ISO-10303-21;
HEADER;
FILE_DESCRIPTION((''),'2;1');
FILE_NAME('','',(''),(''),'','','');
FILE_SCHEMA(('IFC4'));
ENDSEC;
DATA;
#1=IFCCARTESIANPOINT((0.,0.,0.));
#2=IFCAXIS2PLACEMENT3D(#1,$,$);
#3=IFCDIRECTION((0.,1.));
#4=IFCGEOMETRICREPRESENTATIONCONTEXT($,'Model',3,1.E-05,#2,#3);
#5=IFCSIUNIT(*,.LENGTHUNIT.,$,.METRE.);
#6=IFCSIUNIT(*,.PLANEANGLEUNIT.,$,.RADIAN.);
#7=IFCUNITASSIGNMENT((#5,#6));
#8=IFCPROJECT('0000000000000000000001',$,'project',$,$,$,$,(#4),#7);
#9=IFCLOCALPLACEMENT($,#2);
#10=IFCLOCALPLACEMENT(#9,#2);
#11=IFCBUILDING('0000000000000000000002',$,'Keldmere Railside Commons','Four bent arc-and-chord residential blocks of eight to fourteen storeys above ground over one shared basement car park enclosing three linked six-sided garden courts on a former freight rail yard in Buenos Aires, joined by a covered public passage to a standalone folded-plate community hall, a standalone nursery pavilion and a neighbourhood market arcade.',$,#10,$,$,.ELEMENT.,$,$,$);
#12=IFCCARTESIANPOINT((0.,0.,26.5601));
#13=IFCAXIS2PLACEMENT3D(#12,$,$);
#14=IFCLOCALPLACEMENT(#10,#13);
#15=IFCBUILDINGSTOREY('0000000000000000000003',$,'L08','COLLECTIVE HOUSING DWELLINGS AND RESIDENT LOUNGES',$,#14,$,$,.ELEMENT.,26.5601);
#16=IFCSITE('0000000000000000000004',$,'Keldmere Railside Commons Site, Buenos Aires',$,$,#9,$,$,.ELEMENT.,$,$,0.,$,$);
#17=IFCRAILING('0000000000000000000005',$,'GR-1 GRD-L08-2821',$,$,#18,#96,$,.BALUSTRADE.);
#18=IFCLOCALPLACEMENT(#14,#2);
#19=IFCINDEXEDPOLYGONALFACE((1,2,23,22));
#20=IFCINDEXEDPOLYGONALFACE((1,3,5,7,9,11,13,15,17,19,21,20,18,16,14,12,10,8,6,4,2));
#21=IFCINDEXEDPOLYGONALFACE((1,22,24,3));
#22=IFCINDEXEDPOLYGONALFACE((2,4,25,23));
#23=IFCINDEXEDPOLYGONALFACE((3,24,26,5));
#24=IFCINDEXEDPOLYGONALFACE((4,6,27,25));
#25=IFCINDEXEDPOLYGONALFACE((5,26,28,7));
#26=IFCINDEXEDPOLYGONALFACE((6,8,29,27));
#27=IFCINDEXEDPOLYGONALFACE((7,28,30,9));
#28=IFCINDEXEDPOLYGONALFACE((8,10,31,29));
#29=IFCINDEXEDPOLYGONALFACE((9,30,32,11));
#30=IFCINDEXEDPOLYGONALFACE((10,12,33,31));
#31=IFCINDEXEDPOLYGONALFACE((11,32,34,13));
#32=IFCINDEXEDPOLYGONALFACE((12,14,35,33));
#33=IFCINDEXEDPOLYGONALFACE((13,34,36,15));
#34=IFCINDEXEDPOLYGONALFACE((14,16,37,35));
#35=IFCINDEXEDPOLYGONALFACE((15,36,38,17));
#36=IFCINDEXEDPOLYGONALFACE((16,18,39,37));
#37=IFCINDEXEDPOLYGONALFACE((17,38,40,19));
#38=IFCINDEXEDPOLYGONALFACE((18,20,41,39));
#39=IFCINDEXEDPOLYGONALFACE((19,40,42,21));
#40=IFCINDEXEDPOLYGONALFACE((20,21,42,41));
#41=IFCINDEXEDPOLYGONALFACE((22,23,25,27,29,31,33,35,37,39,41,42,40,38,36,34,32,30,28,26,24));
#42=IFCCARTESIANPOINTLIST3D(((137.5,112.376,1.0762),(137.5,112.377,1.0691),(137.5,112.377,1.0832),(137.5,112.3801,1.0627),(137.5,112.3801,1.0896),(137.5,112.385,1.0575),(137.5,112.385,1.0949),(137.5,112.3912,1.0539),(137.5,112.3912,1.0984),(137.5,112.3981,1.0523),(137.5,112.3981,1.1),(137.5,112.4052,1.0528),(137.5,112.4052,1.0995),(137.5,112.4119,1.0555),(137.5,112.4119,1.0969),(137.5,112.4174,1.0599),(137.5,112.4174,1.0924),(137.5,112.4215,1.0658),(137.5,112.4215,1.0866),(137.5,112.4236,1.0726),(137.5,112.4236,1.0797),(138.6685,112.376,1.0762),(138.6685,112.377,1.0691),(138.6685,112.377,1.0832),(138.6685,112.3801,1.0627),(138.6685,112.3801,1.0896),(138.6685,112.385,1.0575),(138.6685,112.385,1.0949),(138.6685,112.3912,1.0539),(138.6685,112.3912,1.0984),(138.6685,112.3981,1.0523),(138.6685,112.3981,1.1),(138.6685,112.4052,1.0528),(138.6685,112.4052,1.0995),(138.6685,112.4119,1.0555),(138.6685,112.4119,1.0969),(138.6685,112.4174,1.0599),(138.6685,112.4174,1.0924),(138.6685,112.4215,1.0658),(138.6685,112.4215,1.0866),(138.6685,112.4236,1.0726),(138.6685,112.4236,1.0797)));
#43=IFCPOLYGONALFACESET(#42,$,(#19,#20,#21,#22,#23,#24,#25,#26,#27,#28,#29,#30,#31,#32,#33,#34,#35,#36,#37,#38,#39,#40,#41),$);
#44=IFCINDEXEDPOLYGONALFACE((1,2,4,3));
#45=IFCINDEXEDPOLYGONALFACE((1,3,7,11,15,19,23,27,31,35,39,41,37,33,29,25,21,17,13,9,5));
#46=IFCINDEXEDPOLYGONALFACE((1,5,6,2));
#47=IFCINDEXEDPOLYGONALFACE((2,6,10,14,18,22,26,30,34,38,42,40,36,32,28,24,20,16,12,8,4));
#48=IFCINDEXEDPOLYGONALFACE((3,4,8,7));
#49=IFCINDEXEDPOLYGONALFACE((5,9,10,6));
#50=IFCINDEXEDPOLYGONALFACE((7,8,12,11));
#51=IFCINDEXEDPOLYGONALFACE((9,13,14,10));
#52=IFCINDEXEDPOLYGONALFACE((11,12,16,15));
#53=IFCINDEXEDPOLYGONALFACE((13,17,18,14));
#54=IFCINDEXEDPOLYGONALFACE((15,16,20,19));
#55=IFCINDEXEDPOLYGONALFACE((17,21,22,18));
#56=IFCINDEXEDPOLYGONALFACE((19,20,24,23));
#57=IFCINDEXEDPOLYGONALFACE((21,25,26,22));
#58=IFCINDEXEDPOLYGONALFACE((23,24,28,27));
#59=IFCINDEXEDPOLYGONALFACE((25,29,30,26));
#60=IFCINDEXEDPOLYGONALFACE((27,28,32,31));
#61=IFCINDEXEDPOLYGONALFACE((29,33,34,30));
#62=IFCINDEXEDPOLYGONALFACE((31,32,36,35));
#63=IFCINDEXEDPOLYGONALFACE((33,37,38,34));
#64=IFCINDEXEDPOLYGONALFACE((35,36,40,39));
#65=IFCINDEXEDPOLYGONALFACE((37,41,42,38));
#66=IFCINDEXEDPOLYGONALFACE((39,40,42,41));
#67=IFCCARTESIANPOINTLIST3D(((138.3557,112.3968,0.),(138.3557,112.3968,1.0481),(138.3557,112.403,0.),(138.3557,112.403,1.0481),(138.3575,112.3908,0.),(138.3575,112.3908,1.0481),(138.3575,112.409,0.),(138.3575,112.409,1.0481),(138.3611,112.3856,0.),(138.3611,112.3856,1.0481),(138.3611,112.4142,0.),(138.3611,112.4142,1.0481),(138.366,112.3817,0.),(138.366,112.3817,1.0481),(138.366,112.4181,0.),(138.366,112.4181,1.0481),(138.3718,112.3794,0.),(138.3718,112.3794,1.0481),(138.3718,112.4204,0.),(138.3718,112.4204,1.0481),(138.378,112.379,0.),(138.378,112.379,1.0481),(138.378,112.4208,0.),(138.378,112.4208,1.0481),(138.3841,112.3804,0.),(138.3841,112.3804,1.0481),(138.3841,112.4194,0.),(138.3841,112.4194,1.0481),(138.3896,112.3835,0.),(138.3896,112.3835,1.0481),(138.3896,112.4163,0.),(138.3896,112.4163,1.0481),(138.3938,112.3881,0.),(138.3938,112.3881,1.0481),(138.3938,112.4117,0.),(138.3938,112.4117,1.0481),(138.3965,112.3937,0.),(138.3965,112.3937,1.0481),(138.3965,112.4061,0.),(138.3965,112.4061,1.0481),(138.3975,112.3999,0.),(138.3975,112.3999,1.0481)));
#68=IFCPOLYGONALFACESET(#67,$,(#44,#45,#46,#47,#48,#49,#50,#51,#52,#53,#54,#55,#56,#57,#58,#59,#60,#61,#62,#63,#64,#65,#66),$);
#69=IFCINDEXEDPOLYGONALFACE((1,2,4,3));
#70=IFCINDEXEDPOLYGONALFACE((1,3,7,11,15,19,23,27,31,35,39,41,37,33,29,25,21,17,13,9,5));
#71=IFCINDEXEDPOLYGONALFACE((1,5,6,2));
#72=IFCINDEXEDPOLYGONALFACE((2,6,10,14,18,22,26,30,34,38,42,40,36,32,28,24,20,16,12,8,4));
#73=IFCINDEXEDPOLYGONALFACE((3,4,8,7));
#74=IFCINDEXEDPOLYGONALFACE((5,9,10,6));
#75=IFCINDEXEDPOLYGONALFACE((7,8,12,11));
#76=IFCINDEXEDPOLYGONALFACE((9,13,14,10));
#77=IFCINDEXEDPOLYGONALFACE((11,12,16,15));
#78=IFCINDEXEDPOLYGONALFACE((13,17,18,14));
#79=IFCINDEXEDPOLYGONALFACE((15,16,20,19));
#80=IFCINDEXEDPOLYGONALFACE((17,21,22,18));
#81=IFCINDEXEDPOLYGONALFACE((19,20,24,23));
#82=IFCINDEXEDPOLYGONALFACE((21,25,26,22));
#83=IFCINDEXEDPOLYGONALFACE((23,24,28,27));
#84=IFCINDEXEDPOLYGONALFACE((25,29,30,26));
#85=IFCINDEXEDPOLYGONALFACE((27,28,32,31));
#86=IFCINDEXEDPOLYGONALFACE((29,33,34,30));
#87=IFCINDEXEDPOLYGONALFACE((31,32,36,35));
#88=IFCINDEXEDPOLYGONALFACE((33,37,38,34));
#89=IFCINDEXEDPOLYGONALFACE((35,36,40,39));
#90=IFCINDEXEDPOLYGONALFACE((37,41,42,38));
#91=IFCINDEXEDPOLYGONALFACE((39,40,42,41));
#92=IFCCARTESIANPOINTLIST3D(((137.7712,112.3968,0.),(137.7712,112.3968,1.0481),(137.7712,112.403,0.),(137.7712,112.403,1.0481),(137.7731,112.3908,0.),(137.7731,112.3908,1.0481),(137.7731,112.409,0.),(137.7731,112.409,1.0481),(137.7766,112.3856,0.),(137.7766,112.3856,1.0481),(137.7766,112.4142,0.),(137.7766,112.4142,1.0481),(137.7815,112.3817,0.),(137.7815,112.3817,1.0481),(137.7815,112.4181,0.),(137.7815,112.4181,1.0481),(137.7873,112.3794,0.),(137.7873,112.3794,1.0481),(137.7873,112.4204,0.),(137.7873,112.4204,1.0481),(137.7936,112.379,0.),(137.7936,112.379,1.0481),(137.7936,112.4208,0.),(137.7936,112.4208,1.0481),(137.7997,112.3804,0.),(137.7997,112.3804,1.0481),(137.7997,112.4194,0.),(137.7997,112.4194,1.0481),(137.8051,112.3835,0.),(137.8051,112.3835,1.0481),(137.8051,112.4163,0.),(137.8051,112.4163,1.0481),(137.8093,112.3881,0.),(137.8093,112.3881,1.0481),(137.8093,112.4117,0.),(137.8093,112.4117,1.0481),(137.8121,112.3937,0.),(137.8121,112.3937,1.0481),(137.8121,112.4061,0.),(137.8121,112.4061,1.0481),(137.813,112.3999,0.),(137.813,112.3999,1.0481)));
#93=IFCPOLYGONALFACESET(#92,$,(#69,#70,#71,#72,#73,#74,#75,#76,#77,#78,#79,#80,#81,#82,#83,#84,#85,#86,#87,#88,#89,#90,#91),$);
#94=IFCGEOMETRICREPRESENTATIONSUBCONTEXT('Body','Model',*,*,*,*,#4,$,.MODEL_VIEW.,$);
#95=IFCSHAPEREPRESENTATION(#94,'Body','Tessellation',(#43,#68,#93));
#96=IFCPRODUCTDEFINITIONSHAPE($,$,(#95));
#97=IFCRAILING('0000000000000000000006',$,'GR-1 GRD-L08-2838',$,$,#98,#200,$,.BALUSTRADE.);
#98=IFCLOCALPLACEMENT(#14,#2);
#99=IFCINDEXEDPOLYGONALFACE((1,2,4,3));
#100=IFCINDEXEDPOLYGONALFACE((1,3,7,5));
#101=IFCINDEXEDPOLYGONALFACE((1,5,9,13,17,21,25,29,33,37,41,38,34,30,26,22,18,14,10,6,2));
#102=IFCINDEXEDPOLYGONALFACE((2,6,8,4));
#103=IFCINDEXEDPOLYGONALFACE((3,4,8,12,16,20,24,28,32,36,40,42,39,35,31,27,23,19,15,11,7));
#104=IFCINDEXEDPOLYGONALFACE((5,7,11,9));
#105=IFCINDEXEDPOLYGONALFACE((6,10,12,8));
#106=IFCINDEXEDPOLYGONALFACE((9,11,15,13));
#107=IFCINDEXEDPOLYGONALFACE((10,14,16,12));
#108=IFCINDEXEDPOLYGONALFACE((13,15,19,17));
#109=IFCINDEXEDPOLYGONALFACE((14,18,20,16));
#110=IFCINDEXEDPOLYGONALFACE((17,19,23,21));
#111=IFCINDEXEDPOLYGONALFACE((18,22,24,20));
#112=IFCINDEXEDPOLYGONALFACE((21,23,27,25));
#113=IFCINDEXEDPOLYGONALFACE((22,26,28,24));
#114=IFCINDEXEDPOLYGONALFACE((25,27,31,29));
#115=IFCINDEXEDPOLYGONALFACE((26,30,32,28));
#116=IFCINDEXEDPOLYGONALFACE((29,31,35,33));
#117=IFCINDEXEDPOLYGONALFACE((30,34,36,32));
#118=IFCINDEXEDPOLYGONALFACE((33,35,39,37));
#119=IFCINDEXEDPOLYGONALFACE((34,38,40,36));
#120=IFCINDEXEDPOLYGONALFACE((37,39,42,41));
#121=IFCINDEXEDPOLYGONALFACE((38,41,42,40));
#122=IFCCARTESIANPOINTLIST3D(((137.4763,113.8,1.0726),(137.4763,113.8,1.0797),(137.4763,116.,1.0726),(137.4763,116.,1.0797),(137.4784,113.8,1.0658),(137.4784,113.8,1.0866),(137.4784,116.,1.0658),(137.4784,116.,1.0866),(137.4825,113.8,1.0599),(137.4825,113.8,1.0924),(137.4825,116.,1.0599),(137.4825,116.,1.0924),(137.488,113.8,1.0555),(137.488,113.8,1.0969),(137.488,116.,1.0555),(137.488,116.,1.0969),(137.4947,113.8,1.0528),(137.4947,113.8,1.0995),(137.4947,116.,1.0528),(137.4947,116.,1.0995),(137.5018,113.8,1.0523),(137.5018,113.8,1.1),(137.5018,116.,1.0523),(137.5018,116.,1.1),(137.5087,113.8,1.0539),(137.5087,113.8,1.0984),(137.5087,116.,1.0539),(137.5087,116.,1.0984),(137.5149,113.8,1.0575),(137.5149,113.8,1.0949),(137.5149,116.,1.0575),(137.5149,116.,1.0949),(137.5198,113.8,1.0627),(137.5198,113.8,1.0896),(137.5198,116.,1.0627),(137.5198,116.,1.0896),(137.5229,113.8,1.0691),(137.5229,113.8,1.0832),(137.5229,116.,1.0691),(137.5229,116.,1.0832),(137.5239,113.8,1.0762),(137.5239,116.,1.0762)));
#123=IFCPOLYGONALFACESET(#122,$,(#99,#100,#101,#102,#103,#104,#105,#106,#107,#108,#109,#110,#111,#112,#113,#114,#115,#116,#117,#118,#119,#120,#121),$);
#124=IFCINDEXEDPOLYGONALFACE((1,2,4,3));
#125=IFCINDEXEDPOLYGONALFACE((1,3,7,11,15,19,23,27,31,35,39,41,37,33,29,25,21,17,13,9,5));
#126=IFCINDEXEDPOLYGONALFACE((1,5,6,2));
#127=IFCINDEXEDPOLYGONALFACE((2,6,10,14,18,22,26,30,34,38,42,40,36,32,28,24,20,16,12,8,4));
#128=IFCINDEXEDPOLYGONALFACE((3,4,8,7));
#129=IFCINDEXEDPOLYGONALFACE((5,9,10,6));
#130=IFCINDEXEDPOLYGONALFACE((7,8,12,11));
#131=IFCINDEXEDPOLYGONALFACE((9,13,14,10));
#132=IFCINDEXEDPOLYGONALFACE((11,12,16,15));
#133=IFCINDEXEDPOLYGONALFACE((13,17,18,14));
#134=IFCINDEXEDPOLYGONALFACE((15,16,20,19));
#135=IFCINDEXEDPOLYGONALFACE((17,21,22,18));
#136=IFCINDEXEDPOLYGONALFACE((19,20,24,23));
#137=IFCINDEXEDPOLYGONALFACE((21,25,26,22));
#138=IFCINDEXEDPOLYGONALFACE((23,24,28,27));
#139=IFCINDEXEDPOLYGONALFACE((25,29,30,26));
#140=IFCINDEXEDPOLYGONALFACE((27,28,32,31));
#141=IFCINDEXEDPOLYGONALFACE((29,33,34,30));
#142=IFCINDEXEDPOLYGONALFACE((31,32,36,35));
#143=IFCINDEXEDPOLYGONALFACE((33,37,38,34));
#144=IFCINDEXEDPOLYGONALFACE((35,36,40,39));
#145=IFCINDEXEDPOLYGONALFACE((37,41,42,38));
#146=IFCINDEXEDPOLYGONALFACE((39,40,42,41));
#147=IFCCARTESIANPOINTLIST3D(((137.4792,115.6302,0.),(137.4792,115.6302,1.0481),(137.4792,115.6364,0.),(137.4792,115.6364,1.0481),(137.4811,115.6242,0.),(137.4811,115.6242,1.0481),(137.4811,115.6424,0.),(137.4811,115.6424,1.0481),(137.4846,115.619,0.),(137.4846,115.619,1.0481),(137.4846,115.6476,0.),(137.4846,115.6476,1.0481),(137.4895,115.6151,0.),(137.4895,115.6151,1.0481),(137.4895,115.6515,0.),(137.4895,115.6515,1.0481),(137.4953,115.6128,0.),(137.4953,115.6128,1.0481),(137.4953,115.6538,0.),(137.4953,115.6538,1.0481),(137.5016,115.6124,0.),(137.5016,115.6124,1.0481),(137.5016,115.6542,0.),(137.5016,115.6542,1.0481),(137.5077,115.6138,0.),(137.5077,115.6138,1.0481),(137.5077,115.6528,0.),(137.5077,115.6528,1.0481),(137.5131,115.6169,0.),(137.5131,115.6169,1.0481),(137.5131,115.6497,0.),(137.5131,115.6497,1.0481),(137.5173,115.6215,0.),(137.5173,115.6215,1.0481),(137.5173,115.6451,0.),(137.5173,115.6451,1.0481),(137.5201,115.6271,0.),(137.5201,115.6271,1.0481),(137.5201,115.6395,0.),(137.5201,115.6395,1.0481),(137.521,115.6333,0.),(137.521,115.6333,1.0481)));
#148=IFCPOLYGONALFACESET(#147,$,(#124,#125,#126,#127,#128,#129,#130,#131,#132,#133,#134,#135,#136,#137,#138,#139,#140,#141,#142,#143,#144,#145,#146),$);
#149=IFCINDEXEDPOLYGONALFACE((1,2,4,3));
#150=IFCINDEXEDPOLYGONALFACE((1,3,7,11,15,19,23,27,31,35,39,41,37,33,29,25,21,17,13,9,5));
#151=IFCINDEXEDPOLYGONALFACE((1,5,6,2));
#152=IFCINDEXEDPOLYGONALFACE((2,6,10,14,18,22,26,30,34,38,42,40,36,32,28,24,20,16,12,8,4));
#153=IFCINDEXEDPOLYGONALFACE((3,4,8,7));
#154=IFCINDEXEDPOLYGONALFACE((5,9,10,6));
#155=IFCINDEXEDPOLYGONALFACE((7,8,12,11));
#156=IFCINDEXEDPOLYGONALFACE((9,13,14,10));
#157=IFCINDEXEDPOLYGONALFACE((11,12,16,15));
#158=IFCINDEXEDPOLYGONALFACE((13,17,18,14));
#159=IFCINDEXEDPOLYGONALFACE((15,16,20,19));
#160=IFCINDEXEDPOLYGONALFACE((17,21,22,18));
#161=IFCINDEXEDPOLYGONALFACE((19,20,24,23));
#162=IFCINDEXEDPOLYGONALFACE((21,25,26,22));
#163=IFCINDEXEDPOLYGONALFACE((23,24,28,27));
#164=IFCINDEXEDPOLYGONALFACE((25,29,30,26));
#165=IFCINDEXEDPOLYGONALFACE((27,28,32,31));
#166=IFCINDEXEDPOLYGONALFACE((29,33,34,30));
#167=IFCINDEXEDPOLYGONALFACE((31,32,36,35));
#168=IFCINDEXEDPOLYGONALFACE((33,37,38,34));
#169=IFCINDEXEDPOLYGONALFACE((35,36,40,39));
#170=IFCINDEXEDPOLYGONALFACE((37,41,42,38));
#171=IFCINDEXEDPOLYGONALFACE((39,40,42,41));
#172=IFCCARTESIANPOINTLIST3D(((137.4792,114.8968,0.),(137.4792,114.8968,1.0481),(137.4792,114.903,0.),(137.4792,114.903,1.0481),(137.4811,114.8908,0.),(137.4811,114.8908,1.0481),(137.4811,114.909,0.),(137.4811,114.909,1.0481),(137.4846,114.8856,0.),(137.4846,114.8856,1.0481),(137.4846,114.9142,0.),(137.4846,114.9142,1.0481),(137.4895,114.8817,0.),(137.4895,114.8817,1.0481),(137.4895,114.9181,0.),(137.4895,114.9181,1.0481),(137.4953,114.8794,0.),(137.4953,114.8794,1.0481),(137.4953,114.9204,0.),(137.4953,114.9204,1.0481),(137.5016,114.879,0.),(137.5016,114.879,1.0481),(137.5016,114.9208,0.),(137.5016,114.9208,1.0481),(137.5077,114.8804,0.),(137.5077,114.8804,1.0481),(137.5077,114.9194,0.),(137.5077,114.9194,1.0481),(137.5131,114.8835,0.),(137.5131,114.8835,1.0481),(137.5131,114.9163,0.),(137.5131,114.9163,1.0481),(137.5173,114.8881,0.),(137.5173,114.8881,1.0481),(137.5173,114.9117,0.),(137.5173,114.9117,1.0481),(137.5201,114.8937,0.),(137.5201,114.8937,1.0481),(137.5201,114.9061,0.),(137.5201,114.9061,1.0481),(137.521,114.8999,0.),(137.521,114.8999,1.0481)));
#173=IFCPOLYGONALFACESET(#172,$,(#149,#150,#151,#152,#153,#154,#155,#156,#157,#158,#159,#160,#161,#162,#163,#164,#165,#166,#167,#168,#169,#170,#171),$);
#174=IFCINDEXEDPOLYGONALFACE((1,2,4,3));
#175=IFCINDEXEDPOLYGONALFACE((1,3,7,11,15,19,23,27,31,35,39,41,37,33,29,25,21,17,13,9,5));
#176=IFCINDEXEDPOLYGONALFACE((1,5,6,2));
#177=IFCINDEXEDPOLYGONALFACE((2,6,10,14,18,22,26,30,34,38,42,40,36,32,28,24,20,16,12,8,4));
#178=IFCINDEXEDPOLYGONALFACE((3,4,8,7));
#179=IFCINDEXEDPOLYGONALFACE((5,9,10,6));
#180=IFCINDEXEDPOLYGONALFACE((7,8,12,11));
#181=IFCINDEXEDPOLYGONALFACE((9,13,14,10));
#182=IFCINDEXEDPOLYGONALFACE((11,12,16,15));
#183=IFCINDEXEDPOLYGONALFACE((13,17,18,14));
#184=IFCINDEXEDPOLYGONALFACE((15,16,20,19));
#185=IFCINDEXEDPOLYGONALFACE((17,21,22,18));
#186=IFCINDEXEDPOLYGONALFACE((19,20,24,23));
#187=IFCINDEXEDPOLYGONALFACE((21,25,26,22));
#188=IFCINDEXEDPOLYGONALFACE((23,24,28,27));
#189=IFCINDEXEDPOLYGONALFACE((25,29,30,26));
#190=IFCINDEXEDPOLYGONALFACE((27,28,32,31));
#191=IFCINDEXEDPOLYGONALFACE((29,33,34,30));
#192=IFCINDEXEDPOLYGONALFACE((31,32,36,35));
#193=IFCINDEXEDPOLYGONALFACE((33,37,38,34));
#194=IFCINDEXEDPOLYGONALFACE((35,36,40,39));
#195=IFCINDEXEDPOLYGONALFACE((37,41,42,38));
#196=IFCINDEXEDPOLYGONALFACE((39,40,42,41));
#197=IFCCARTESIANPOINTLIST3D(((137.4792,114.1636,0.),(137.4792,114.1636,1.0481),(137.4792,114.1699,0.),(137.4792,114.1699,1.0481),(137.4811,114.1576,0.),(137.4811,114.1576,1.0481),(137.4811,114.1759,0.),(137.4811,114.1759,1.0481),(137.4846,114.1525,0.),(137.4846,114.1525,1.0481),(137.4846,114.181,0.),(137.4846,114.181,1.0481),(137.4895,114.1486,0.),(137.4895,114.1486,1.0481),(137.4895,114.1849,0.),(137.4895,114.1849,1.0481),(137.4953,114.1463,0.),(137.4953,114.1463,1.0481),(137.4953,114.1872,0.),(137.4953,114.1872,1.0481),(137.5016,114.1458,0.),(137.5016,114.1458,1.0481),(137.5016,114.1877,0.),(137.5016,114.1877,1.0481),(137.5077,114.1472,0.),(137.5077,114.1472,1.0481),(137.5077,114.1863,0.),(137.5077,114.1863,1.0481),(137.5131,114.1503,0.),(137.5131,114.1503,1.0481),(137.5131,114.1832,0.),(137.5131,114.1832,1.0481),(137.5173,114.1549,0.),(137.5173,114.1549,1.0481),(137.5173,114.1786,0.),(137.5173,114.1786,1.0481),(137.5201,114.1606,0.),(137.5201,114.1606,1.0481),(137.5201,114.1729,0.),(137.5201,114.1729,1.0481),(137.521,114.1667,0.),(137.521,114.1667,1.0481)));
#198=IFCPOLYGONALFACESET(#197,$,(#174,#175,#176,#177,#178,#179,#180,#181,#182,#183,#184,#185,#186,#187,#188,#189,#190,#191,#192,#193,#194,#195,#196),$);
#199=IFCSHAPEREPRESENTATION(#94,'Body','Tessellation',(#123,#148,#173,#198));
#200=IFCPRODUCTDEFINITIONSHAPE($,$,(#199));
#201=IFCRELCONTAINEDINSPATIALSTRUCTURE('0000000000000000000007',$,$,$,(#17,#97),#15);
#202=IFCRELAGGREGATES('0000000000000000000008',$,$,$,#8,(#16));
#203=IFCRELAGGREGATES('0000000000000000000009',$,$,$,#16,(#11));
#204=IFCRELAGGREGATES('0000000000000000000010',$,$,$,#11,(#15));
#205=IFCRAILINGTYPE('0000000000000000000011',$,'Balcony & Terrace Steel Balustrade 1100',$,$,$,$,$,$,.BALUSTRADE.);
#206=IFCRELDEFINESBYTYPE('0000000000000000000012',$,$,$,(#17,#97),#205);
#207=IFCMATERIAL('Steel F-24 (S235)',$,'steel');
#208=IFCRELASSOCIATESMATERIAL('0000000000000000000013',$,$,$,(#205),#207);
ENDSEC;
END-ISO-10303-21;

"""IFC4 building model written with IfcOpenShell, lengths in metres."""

from ifc_helpers import new_model, si_unit, direction, frame, origin, origin_2d, place, context, subcontext, project, spatial, circle, extrude, material, type_object, element, save


model = new_model("IFC4")

# Units and contexts
model_context = context("Model", 3, precision=1e-05, world=origin(), true_north=direction((0.0, 1.0)))
body_context = subcontext(model_context, "Body", "Model", "MODEL_VIEW")
ifc_project = project(units=[si_unit("LENGTHUNIT", "METRE"), si_unit("PLANEANGLEUNIT", "RADIAN")], contexts=[model_context])

# Site, building, storey
site_placement = place(None, origin())
site = spatial("IfcSite", under=ifc_project, at=site_placement, Name="Keldmere Railside Commons Site, Buenos Aires", CompositionType="ELEMENT", RefElevation=0.0)
building_placement = place(site_placement, origin())
building = spatial("IfcBuilding", under=site, at=building_placement, Name="Keldmere Railside Commons", Description="Four bent arc-and-chord residential blocks of eight to fourteen storeys above ground over one shared basement car park enclosing three linked six-sided garden courts on a former freight rail yard in Buenos Aires, joined by a covered public passage to a standalone folded-plate community hall, a standalone nursery pavilion and a neighbourhood market arcade.", CompositionType="ELEMENT")
storey_placement = place(building_placement, frame((0.0, 0.0, 26.5601)))
storey = spatial("IfcBuildingStorey", under=building, at=storey_placement, Name="L08", Description="COLLECTIVE HOUSING DWELLINGS AND RESIDENT LOUNGES", CompositionType="ELEMENT", Elevation=26.5601)

# Shared definitions
ifc_material_1 = material(Name="Steel F-24 (S235)", Category="steel")

# Railings
railing_type_1 = type_object("IfcRailingType", Name="Balcony & Terrace Steel Balustrade 1100", PredefinedType="BALUSTRADE", material=ifc_material_1)
railing_1_placement = place(storey_placement, frame((138.6685, 112.3999, 0.0)))
element("IfcRailing", 1, at=railing_1_placement, inside=storey, type_object=railing_type_1, Name="GR-1 GRD-L08-2821", PredefinedType="BALUSTRADE", context=body_context, shape_type="SweptSolid", body=[
    extrude(circle(Radius=0.0239, at=origin_2d()), frame((0.0, 0.0, 1.0762), z_axis=(-1.0, 0.0, 0.0), x_axis=(0.0, -1.0, 0.0)), (0.0, 0.0, 1.0), 1.1685),
    extrude(circle(Radius=0.021, at=origin_2d()), frame((-0.292, 0.0, 0.0)), (0.0, 0.0, 1.0), 1.0481),
    extrude(circle(Radius=0.021, at=origin_2d()), frame((-0.8765, 0.0, 0.0)), (0.0, 0.0, 1.0), 1.0481),
])
railing_2_placement = place(storey_placement, frame((137.5, 116.0, 0.0)))
element("IfcRailing", 2, at=railing_2_placement, inside=storey, type_object=railing_type_1, Name="GR-1 GRD-L08-2838", PredefinedType="BALUSTRADE", context=body_context, shape_type="SweptSolid", body=[
    extrude(circle(Radius=0.0239, at=origin_2d()), frame((0.0, 0.0, 1.0762), z_axis=(0.0, -1.0, 0.0), x_axis=(1.0, 0.0, 0.0)), (0.0, 0.0, 1.0), 2.2),
    extrude(circle(Radius=0.021, at=origin_2d()), frame((0.0, -0.3667, 0.0)), (0.0, 0.0, 1.0), 1.0481),
    extrude(circle(Radius=0.021, at=origin_2d()), frame((0.0, -1.1001, 0.0)), (0.0, 0.0, 1.0), 1.0481),
    extrude(circle(Radius=0.021, at=origin_2d()), frame((0.0, -1.8333, 0.0)), (0.0, 0.0, 1.0), 1.0481),
])

save(model, "model.ifc")
